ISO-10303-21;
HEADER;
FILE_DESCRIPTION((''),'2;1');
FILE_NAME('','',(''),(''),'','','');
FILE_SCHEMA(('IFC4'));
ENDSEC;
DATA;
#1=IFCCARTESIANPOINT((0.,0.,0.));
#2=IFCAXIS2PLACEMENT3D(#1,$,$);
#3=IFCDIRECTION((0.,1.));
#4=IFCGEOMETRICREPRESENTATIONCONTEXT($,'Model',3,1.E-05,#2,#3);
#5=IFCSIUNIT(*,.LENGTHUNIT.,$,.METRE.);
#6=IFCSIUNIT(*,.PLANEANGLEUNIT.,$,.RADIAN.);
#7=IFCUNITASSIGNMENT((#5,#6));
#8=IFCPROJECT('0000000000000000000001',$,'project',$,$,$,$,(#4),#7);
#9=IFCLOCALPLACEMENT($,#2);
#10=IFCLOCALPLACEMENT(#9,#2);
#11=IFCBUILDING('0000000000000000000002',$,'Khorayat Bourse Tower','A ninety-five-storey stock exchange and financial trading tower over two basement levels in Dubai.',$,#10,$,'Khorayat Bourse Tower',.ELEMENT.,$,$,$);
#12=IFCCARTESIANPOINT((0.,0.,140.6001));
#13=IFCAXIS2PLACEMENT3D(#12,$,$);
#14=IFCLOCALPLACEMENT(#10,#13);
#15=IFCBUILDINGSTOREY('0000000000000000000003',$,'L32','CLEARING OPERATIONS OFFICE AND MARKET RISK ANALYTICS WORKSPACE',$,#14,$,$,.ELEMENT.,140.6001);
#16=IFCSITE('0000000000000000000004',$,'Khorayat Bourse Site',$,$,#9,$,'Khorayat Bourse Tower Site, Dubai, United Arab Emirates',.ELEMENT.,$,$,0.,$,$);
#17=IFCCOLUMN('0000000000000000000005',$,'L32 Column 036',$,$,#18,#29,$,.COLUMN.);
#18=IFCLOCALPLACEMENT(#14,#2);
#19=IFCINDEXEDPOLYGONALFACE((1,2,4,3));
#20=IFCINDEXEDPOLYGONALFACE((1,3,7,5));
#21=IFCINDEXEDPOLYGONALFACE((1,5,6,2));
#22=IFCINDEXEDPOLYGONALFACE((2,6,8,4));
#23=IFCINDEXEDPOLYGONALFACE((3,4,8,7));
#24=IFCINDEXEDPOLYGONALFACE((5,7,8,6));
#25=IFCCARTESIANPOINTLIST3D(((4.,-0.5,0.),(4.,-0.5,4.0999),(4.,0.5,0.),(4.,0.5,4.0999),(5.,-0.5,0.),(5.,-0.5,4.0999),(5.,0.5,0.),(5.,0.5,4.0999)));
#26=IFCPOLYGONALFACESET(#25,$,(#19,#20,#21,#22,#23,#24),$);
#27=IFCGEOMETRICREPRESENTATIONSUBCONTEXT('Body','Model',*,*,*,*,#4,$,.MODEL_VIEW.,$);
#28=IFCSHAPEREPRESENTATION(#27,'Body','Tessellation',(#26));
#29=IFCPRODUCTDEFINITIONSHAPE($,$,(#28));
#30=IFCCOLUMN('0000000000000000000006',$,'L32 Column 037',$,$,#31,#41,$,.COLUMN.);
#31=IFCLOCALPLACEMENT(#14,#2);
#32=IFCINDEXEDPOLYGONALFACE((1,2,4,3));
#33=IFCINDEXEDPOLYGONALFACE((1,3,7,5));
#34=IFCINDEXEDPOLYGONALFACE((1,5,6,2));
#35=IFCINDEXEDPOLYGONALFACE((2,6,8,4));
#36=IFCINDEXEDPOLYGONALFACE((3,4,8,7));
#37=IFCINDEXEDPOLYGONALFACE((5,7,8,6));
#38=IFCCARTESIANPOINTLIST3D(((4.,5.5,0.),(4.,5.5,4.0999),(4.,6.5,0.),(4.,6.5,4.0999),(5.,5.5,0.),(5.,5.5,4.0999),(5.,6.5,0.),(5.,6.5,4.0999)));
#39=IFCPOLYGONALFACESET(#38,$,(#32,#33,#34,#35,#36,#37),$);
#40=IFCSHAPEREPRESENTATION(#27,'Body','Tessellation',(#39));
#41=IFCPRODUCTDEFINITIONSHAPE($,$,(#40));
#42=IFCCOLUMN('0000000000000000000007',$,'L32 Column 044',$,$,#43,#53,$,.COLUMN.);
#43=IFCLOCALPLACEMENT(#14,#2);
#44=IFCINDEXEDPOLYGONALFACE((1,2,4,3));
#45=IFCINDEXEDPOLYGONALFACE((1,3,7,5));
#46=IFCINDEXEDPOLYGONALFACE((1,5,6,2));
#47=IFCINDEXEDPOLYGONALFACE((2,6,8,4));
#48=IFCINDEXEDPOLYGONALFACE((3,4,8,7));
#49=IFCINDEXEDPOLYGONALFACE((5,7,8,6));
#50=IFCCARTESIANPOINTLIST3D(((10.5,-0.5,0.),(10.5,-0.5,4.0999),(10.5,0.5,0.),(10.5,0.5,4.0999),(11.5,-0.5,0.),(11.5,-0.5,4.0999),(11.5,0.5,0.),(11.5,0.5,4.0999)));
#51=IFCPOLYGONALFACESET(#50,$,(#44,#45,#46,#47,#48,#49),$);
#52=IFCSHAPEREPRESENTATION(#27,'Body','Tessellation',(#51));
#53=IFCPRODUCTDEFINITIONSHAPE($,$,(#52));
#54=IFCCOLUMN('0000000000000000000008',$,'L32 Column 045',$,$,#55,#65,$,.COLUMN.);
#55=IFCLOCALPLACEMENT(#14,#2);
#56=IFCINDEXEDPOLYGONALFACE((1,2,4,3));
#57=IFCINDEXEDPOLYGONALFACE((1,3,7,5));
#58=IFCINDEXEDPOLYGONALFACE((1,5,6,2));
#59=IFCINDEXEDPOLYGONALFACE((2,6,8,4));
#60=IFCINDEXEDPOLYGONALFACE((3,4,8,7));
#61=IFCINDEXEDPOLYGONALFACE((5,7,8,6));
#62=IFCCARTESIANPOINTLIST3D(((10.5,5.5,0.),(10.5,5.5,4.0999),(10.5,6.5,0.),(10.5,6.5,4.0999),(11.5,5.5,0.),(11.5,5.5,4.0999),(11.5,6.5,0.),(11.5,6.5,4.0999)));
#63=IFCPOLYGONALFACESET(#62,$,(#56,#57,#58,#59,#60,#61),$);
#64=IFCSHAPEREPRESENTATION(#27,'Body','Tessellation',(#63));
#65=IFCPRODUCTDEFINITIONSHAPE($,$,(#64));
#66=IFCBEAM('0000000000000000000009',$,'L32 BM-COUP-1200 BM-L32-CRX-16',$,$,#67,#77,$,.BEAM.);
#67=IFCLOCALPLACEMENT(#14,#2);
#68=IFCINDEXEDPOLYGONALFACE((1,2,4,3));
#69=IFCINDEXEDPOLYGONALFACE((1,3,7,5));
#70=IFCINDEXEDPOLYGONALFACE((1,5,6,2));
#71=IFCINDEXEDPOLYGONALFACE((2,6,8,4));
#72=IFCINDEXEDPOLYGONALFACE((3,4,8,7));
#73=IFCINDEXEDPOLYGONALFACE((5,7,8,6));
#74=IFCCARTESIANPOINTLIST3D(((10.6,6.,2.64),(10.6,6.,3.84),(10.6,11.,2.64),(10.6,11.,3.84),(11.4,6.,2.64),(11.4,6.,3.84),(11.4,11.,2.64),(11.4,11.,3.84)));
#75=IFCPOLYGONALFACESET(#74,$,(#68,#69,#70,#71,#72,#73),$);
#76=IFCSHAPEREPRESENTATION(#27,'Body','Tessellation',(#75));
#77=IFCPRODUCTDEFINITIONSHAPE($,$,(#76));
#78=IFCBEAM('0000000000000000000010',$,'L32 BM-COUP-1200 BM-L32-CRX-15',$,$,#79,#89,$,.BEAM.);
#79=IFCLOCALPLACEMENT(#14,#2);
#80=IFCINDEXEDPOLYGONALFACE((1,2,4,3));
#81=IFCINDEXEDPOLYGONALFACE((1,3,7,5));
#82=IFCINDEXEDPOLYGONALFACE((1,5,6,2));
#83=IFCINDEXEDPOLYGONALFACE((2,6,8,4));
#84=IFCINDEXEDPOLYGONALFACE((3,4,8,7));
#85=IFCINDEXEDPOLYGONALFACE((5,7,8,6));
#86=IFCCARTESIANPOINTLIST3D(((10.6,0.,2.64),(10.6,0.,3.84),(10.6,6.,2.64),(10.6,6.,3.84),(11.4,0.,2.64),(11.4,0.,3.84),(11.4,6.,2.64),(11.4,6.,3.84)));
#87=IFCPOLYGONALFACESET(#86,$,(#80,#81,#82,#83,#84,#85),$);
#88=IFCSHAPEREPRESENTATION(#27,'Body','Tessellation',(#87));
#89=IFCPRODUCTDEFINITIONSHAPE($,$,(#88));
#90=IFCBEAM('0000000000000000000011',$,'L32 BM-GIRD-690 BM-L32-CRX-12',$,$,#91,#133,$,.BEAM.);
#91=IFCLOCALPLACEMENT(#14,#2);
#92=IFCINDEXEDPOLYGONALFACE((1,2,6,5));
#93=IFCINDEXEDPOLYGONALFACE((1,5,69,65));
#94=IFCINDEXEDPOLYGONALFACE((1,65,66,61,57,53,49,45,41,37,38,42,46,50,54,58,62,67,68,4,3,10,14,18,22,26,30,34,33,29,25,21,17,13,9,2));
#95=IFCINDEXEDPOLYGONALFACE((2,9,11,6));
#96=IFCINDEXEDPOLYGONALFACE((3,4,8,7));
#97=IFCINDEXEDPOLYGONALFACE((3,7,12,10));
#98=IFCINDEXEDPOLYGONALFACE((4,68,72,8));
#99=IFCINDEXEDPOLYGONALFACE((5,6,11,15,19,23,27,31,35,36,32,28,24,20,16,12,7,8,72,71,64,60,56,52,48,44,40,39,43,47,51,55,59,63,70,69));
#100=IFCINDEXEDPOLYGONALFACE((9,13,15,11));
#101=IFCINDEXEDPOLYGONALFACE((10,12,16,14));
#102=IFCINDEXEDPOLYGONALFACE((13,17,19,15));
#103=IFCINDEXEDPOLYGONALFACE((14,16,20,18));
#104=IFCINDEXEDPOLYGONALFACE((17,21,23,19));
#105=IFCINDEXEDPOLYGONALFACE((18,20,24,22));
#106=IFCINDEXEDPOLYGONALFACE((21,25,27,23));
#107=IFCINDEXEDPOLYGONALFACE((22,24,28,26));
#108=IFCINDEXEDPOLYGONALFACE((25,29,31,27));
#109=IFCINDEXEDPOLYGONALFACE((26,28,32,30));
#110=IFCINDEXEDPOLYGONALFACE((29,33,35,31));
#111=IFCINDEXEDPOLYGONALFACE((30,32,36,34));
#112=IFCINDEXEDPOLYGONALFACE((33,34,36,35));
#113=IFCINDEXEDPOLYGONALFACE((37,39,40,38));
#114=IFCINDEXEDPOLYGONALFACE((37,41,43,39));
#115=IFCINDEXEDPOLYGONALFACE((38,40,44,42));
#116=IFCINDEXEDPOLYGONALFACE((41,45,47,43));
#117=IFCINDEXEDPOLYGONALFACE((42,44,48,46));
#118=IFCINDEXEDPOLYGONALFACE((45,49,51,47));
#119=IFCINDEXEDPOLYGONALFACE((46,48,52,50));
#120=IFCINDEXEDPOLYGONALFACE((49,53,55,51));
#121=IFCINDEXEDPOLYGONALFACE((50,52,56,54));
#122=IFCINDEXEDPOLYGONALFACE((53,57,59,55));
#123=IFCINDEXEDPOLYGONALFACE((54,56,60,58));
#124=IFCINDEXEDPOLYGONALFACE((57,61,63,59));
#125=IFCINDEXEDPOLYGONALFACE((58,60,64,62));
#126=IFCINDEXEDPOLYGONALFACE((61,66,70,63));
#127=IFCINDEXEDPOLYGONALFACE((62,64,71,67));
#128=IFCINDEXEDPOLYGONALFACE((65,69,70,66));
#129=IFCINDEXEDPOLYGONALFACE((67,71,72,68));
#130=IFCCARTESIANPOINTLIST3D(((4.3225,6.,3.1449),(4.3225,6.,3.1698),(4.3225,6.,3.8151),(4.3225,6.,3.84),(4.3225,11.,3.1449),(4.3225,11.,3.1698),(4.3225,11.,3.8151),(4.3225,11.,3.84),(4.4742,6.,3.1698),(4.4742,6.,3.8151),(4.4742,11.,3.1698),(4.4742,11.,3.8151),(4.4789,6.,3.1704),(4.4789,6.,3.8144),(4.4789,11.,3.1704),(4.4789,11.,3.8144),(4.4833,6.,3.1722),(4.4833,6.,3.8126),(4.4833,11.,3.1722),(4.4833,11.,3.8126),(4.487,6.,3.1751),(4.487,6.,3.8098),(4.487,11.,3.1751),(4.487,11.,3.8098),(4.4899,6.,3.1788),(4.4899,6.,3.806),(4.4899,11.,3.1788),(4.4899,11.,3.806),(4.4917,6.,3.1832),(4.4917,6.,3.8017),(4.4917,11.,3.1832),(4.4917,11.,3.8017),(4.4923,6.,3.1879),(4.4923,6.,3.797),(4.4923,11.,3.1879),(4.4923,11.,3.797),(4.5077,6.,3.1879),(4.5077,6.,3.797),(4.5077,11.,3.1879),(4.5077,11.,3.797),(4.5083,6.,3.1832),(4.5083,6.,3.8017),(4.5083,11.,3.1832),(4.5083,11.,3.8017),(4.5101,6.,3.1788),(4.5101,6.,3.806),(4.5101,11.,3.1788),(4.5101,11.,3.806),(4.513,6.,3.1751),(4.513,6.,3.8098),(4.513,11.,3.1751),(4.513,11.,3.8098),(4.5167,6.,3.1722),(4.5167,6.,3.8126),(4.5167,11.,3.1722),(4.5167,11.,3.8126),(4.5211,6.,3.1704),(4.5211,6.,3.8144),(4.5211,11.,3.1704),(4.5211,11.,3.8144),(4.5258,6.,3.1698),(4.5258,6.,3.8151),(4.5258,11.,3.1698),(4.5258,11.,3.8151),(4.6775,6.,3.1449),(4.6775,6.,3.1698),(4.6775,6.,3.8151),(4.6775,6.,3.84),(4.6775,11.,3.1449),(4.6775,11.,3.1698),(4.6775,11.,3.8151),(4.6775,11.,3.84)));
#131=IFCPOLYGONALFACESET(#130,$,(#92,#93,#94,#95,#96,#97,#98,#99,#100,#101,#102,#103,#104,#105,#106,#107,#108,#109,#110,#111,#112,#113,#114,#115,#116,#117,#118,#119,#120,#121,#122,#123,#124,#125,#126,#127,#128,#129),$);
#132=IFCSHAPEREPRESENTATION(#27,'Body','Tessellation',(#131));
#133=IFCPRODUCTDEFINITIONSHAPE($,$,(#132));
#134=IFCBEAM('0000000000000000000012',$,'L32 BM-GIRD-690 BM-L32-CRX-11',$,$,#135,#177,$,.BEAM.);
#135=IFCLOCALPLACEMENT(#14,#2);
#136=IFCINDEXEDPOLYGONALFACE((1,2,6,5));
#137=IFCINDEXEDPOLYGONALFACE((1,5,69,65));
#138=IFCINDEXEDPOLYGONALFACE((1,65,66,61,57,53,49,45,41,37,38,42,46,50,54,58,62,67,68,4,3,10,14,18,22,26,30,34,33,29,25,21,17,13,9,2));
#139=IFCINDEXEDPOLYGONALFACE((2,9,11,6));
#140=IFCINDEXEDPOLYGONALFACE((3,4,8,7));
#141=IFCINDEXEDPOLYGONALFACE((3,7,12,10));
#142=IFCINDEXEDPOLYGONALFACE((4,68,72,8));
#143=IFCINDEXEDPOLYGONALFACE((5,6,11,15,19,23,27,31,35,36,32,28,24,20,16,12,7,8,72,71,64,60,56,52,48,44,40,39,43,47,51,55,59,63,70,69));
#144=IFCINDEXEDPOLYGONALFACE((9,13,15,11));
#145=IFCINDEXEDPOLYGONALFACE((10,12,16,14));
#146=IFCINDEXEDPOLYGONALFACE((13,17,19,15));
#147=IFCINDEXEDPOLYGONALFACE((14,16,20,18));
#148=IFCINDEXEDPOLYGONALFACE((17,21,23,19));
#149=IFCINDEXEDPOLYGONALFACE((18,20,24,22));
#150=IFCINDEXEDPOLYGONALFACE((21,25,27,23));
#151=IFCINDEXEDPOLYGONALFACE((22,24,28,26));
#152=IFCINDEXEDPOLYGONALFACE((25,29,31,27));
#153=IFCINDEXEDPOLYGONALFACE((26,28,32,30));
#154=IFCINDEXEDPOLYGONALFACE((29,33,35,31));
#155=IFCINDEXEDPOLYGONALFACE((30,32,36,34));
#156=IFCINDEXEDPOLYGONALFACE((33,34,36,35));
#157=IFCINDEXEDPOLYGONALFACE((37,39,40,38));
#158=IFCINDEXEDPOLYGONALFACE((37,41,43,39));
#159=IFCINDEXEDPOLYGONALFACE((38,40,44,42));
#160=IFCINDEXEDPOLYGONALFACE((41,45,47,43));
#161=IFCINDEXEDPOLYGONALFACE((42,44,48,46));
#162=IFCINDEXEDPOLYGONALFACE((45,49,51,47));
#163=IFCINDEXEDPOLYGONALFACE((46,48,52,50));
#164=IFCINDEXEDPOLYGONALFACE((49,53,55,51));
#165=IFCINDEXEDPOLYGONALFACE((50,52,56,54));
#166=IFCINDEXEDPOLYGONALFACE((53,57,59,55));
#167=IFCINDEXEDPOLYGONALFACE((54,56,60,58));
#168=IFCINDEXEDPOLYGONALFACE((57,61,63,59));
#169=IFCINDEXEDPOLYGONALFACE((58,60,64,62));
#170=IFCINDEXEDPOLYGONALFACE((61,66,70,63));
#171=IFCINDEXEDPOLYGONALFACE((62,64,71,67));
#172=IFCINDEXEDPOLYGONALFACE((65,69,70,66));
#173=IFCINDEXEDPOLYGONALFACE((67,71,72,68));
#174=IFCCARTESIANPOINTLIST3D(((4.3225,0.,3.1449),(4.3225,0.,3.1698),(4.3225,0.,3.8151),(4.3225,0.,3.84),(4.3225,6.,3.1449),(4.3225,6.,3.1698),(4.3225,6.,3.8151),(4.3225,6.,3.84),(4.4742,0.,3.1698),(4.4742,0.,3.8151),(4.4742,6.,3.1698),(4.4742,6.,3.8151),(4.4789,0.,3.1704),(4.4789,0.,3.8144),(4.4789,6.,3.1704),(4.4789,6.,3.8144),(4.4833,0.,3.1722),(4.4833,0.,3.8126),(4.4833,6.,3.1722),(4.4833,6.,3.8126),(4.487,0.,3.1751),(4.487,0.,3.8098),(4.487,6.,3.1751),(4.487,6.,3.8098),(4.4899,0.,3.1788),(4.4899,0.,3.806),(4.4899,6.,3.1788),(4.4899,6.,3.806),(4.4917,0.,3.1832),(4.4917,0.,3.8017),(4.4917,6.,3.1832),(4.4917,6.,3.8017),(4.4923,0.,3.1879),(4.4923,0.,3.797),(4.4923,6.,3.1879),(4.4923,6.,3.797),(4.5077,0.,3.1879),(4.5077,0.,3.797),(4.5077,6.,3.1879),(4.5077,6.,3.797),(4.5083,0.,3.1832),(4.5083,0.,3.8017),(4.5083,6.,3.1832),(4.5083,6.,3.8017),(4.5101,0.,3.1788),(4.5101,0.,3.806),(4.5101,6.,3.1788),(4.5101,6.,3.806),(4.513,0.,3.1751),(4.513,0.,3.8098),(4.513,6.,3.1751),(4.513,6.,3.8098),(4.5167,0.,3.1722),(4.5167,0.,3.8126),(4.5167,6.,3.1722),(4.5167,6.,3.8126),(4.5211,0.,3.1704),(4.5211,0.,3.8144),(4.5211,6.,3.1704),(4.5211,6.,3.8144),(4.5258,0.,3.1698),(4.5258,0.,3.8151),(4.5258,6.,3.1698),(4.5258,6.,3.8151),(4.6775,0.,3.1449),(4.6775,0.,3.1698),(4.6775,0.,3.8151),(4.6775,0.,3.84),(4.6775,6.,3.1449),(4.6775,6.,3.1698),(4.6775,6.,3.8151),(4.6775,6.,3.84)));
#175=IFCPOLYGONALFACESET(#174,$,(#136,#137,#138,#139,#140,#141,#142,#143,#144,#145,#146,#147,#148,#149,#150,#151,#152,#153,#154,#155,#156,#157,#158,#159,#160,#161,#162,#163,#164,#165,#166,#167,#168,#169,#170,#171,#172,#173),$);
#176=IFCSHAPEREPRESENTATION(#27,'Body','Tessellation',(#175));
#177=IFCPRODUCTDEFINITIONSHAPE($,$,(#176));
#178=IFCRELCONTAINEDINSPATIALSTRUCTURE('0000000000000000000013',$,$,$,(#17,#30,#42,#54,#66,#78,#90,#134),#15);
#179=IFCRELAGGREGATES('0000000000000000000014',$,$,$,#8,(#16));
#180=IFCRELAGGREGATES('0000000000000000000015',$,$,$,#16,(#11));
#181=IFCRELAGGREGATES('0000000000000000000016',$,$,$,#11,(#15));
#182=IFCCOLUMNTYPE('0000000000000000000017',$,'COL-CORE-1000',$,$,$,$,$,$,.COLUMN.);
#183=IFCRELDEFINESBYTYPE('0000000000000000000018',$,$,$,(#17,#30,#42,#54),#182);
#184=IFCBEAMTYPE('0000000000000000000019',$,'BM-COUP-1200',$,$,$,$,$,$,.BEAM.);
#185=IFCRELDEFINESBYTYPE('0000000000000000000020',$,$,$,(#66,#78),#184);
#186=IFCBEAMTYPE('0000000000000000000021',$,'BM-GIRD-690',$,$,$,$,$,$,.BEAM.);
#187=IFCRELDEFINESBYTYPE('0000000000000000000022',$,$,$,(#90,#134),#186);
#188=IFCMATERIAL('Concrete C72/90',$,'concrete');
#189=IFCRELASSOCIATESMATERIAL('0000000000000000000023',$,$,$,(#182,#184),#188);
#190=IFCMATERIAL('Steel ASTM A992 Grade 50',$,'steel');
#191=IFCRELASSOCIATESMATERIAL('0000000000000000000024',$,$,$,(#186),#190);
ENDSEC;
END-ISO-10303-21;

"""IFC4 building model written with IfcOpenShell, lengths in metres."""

from ifc_helpers import new_model, si_unit, direction, frame, origin, origin_2d, place, context, subcontext, project, spatial, rectangle, i_section, extrude, source, transform, mapped, material, material_profile, profile_set, type_object, element, save


model = new_model("IFC4")

# Units and contexts
model_context = context("Model", 3, precision=1e-05, world=origin(), true_north=direction((0.0, 1.0)))
body_context = subcontext(model_context, "Body", "Model", "MODEL_VIEW")
ifc_project = project(units=[si_unit("LENGTHUNIT", "METRE"), si_unit("PLANEANGLEUNIT", "RADIAN")], contexts=[model_context])

# Site, building, storey
site_placement = place(None, origin())
site = spatial("IfcSite", under=ifc_project, at=site_placement, Name="Khorayat Bourse Site", LongName="Khorayat Bourse Tower Site, Dubai, United Arab Emirates", CompositionType="ELEMENT", RefElevation=0.0)
building_placement = place(site_placement, origin())
building = spatial("IfcBuilding", under=site, at=building_placement, Name="Khorayat Bourse Tower", Description="A ninety-five-storey stock exchange and financial trading tower over two basement levels in Dubai.", LongName="Khorayat Bourse Tower", CompositionType="ELEMENT")
storey_placement = place(building_placement, frame((0.0, 0.0, 140.6001)))
storey = spatial("IfcBuildingStorey", under=building, at=storey_placement, Name="L32", Description="CLEARING OPERATIONS OFFICE AND MARKET RISK ANALYTICS WORKSPACE", CompositionType="ELEMENT", Elevation=140.6001)

# Columns
ifc_material_1 = material(Name="Concrete C72/90", Category="concrete")
ifc_material_profile_1 = material_profile(ifc_material_1, rectangle(XDim=1.0, YDim=1.0, at=origin_2d()), Name="RC 1000x1000")
ifc_profile_set_1 = profile_set([ifc_material_profile_1], Name="Concrete C72/90")
column_type = type_object("IfcColumnType", Name="COL-CORE-1000", PredefinedType="COLUMN", material=ifc_profile_set_1)
shared_shape_1 = source(origin(), body_context, "Body", "SweptSolid", [
    extrude(rectangle(XDim=1.0, YDim=1.0, at=origin_2d()), origin(), (0.0, 0.0, 1.0), 4.0999),
])
for number, where, z_axis, x_axis, name in (
    (1, (4.5, 0.0, 0.0), (0.0, 0.0, 1.0), (1.0, 0.0, 0.0), "L32 Column 036"),
    (2, (4.5, 6.0, 0.0), (0.0, 0.0, 1.0), (1.0, 0.0, 0.0), "L32 Column 037"),
    (3, (11.0, 0.0, 0.0), (0.0, 0.0, 1.0), (1.0, 0.0, 0.0), "L32 Column 044"),
    (4, (11.0, 6.0, 0.0), (0.0, 0.0, 1.0), (1.0, 0.0, 0.0), "L32 Column 045"),
):
    element("IfcColumn", number, at=place(storey_placement, frame(where, z_axis=z_axis, x_axis=x_axis)), inside=storey, type_object=column_type, Name=name, PredefinedType="COLUMN", context=body_context, shape_type="MappedRepresentation", body=[
        mapped(shared_shape_1, transform((0.0, 0.0, 0.0), scale=1.0)),
    ])

# Beams
ifc_material_profile_2 = material_profile(ifc_material_1, rectangle(XDim=0.8, YDim=1.2, at=origin_2d()), Name="RC 800x1200")
ifc_profile_set_2 = profile_set([ifc_material_profile_2], Name="Concrete C72/90")
beam_type_1 = type_object("IfcBeamType", Name="BM-COUP-1200", PredefinedType="BEAM", material=ifc_profile_set_2)
shared_shape_2 = source(origin(), body_context, "Body", "SweptSolid", [
    extrude(rectangle(XDim=0.8, YDim=1.2, at=origin_2d()), origin(), (0.0, 0.0, 1.0), 5.0),
])
beam_1_placement = place(storey_placement, frame((11.0, 6.0, 3.24), z_axis=(0.0, 1.0, 0.0), x_axis=(-1.0, 0.0, 0.0)))
element("IfcBeam", 5, at=beam_1_placement, inside=storey, type_object=beam_type_1, Name="L32 BM-COUP-1200 BM-L32-CRX-16", PredefinedType="BEAM", context=body_context, shape_type="MappedRepresentation", body=[
    mapped(shared_shape_2, transform((0.0, 0.0, 0.0), scale=1.0)),
])
shared_shape_3 = source(origin(), body_context, "Body", "SweptSolid", [
    extrude(rectangle(XDim=0.8, YDim=1.2, at=origin_2d()), origin(), (0.0, 0.0, 1.0), 6.0),
])
beam_2_placement = place(storey_placement, frame((11.0, 0.0, 3.24), z_axis=(0.0, 1.0, 0.0), x_axis=(-1.0, 0.0, 0.0)))
element("IfcBeam", 6, at=beam_2_placement, inside=storey, type_object=beam_type_1, Name="L32 BM-COUP-1200 BM-L32-CRX-15", PredefinedType="BEAM", context=body_context, shape_type="MappedRepresentation", body=[
    mapped(shared_shape_3, transform((0.0, 0.0, 0.0), scale=1.0)),
])
ifc_material_2 = material(Name="Steel ASTM A992 Grade 50", Category="steel")
ifc_material_profile_3 = material_profile(ifc_material_2, i_section(OverallWidth=0.355, OverallDepth=0.6951, WebThickness=0.0154, FlangeThickness=0.0249, FilletRadius=0.0181, at=origin_2d()), Name="W690X217")
ifc_profile_set_3 = profile_set([ifc_material_profile_3], Name="Steel ASTM A992 Grade 50")
beam_type_2 = type_object("IfcBeamType", Name="BM-GIRD-690", PredefinedType="BEAM", material=ifc_profile_set_3)
shared_shape_4 = source(origin(), body_context, "Body", "SweptSolid", [
    extrude(i_section(OverallWidth=0.355, OverallDepth=0.6951, WebThickness=0.0154, FlangeThickness=0.0249, FilletRadius=0.0181, at=origin_2d()), origin(), (0.0, 0.0, 1.0), 5.0),
])
beam_3_placement = place(storey_placement, frame((4.5, 6.0, 3.4924), z_axis=(0.0, 1.0, 0.0), x_axis=(-1.0, 0.0, 0.0)))
element("IfcBeam", 7, at=beam_3_placement, inside=storey, type_object=beam_type_2, Name="L32 BM-GIRD-690 BM-L32-CRX-12", PredefinedType="BEAM", context=body_context, shape_type="MappedRepresentation", body=[
    mapped(shared_shape_4, transform((0.0, 0.0, 0.0), scale=1.0)),
])
shared_shape_5 = source(origin(), body_context, "Body", "SweptSolid", [
    extrude(i_section(OverallWidth=0.355, OverallDepth=0.6951, WebThickness=0.0154, FlangeThickness=0.0249, FilletRadius=0.0181, at=origin_2d()), origin(), (0.0, 0.0, 1.0), 6.0),
])
beam_4_placement = place(storey_placement, frame((4.5, 0.0, 3.4924), z_axis=(0.0, 1.0, 0.0), x_axis=(-1.0, 0.0, 0.0)))
element("IfcBeam", 8, at=beam_4_placement, inside=storey, type_object=beam_type_2, Name="L32 BM-GIRD-690 BM-L32-CRX-11", PredefinedType="BEAM", context=body_context, shape_type="MappedRepresentation", body=[
    mapped(shared_shape_5, transform((0.0, 0.0, 0.0), scale=1.0)),
])

save(model, "model.ifc")
